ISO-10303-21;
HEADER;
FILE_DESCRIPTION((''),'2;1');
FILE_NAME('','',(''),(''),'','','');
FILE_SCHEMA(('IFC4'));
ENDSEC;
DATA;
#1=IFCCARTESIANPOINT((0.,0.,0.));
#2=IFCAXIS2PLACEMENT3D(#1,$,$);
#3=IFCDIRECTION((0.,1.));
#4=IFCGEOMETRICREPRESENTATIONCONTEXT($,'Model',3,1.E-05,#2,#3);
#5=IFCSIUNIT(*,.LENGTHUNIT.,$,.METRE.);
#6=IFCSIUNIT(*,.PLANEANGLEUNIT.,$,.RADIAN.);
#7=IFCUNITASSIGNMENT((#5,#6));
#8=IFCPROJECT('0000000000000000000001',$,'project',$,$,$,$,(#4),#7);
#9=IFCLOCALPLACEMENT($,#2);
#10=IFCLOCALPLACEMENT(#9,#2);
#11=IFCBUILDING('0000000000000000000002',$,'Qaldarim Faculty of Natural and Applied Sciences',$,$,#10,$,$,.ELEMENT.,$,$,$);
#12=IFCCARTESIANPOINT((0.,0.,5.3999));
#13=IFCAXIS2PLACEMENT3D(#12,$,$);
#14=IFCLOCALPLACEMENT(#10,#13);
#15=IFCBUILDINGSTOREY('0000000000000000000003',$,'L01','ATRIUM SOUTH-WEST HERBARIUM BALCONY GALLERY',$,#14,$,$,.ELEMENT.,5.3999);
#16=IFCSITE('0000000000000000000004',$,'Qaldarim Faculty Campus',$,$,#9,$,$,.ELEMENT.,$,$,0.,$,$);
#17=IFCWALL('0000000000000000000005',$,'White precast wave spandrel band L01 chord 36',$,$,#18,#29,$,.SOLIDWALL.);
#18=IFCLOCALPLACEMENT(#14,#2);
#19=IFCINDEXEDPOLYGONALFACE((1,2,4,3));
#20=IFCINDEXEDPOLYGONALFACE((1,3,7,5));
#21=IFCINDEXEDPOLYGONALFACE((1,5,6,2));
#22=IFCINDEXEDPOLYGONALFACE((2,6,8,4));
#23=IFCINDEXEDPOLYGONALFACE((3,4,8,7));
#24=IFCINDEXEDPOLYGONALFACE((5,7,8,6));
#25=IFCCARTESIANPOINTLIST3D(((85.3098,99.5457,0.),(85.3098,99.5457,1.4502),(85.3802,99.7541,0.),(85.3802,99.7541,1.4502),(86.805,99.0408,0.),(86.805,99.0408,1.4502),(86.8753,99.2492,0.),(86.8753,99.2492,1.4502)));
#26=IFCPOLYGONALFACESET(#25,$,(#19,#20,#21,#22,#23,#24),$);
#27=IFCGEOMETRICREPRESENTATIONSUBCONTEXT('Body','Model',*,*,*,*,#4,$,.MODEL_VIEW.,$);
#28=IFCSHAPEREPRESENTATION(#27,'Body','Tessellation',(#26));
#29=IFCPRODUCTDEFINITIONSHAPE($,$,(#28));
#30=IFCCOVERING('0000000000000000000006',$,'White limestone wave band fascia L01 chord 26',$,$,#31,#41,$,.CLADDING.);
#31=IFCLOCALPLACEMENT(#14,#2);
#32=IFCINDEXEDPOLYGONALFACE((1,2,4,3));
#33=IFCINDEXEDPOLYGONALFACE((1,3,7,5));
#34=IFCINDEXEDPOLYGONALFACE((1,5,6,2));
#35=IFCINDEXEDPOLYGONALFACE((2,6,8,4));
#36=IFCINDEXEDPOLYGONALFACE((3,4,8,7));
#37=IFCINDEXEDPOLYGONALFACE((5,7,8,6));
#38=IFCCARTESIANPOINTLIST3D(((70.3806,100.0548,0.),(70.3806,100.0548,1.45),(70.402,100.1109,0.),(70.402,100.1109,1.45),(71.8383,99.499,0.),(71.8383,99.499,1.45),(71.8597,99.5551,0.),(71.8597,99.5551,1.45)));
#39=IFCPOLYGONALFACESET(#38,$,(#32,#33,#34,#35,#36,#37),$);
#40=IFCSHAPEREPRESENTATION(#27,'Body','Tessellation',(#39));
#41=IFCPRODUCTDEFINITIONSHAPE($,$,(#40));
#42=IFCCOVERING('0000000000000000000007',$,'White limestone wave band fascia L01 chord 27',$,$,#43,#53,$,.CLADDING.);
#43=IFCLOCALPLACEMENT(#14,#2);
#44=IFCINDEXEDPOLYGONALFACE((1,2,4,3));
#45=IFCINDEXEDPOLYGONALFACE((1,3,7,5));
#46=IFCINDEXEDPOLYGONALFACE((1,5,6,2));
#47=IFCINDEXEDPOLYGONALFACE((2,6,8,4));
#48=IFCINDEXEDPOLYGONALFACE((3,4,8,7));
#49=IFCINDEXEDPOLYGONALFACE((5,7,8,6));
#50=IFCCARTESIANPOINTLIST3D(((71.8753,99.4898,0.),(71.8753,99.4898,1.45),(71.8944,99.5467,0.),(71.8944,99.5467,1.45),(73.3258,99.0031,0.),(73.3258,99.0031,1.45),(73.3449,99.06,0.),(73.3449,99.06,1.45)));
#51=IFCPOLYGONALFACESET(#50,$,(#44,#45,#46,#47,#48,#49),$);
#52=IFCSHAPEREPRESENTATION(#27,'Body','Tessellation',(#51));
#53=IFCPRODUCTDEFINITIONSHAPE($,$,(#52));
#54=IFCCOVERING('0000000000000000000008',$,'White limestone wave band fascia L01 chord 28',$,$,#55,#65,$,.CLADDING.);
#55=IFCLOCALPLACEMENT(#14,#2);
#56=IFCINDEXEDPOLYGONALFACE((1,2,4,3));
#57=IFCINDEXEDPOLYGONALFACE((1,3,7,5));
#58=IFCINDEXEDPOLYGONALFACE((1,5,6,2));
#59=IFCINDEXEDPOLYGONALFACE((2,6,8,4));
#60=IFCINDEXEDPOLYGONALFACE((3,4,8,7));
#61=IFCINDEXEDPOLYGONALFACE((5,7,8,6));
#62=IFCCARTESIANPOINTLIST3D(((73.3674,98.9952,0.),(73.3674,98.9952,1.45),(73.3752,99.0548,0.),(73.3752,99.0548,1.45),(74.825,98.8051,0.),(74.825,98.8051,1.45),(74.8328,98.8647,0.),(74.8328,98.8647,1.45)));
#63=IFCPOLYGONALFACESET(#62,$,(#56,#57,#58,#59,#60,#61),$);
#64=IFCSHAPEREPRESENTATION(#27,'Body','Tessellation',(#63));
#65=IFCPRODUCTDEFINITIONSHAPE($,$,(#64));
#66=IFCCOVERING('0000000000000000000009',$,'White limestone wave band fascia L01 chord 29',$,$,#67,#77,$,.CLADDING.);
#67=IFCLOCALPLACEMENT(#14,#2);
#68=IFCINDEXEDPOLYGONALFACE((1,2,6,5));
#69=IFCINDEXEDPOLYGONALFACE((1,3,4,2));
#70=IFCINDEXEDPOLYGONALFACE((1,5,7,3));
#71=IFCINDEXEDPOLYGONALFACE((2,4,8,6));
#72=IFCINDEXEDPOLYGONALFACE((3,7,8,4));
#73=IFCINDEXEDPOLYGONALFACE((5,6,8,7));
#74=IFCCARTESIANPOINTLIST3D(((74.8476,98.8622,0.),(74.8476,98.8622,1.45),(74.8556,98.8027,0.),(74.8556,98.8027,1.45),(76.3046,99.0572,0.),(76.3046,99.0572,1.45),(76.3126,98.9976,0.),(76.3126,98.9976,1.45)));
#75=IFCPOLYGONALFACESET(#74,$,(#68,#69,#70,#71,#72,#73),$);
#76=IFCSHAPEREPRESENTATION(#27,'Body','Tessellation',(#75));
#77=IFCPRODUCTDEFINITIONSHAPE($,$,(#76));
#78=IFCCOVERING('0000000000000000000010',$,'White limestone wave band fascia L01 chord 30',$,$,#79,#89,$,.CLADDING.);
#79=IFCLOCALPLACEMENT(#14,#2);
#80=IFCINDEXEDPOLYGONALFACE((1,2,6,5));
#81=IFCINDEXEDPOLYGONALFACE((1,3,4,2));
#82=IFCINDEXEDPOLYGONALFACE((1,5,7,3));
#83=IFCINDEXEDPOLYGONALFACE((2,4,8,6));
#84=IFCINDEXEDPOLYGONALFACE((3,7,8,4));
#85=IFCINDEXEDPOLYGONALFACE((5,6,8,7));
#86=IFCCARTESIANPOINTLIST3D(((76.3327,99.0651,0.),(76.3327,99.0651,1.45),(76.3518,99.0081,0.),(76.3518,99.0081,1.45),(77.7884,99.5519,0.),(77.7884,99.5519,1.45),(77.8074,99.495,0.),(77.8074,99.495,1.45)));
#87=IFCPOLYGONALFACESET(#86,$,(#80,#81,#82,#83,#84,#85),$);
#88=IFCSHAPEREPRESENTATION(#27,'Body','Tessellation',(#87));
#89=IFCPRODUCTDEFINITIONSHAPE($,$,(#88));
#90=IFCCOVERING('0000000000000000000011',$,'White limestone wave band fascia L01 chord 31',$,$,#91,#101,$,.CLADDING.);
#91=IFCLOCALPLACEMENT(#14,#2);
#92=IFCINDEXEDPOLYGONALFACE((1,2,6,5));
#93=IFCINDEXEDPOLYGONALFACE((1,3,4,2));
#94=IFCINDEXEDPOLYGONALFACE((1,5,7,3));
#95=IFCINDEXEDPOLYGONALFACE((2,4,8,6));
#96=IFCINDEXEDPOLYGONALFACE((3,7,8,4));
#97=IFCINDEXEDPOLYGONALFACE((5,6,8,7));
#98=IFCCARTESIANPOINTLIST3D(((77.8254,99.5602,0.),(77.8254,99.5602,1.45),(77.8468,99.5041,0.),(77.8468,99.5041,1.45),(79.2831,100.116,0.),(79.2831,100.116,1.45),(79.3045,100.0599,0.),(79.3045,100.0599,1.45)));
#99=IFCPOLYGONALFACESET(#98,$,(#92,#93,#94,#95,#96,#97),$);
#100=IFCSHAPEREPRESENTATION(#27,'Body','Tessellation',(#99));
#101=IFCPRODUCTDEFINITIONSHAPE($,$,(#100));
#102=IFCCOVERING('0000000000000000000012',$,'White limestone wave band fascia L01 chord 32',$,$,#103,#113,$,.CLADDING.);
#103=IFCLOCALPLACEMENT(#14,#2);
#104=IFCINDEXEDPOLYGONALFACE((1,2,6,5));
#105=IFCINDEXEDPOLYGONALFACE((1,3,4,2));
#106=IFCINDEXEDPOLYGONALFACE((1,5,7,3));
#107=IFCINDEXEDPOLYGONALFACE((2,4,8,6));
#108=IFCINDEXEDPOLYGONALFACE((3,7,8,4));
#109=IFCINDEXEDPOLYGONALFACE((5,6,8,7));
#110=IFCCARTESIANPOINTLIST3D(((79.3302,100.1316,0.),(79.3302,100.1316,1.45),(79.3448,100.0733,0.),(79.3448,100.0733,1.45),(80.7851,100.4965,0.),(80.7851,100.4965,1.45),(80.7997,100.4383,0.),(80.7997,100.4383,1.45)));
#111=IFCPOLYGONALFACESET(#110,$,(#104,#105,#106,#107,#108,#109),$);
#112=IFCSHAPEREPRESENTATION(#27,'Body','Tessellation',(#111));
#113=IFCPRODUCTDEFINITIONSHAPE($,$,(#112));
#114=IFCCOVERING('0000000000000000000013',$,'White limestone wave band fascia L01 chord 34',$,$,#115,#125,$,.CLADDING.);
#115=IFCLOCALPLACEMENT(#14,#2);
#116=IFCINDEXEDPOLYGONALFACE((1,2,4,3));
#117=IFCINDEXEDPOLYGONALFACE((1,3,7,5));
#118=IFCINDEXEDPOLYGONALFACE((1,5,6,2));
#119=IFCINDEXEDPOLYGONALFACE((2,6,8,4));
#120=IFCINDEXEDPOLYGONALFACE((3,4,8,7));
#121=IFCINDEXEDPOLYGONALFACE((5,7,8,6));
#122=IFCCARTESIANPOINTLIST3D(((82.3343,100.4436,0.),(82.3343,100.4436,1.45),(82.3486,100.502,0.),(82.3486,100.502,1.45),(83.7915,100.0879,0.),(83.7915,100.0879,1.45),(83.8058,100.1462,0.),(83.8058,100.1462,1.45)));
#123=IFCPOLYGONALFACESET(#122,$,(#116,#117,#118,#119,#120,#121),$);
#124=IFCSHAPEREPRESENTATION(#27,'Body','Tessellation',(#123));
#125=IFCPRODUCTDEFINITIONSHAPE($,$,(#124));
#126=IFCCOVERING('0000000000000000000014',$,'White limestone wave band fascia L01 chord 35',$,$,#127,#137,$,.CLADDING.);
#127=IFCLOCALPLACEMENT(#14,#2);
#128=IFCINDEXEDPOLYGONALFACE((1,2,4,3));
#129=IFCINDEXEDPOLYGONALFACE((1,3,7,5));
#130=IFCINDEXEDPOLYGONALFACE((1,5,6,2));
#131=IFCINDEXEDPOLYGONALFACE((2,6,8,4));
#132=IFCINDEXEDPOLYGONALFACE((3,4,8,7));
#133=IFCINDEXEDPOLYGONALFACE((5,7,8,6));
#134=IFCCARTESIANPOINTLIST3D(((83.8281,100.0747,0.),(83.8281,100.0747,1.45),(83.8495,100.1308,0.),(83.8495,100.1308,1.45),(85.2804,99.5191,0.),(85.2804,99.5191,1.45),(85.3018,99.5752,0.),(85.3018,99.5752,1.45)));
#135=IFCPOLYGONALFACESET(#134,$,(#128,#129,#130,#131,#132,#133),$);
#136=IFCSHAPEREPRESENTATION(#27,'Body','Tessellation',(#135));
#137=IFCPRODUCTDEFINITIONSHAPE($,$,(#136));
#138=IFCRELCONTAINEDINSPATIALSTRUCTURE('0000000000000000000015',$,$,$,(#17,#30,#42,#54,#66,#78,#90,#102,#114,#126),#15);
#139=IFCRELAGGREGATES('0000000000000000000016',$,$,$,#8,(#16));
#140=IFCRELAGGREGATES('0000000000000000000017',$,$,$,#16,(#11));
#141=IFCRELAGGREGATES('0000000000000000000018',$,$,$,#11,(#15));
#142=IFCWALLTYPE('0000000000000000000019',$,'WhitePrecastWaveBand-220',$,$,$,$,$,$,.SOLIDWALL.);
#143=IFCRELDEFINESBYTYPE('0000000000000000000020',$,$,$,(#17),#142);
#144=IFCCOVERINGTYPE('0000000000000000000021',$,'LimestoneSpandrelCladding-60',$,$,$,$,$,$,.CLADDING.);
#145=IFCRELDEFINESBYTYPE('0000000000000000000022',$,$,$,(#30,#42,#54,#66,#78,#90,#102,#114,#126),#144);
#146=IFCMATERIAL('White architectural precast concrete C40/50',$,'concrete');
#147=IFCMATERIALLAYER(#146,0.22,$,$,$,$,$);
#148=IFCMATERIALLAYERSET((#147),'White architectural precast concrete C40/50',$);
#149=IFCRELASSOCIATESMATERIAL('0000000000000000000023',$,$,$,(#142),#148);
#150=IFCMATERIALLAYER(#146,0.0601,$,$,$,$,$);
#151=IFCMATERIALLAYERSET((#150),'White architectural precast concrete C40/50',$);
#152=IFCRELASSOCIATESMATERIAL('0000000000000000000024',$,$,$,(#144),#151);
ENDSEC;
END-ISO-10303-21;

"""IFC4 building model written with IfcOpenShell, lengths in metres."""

from ifc_helpers import new_model, si_unit, direction, frame, frame_2d, origin, origin_2d, place, context, subcontext, project, spatial, rectangle, extrude, material, layer, layer_set, type_object, element, save


model = new_model("IFC4")

# Units and contexts
model_context = context("Model", 3, precision=1e-05, world=origin(), true_north=direction((0.0, 1.0)))
body_context = subcontext(model_context, "Body", "Model", "MODEL_VIEW")
ifc_project = project(units=[si_unit("LENGTHUNIT", "METRE"), si_unit("PLANEANGLEUNIT", "RADIAN")], contexts=[model_context])

# Site, building, storey
site_placement = place(None, origin())
site = spatial("IfcSite", under=ifc_project, at=site_placement, Name="Qaldarim Faculty Campus", CompositionType="ELEMENT", RefElevation=0.0)
building_placement = place(site_placement, origin())
building = spatial("IfcBuilding", under=site, at=building_placement, Name="Qaldarim Faculty of Natural and Applied Sciences", CompositionType="ELEMENT")
storey_placement = place(building_placement, frame((0.0, 0.0, 5.3999)))
storey = spatial("IfcBuildingStorey", under=building, at=storey_placement, Name="L01", Description="ATRIUM SOUTH-WEST HERBARIUM BALCONY GALLERY", CompositionType="ELEMENT", Elevation=5.3999)

# Wall
ifc_material_1 = material(Name="White architectural precast concrete C40/50", Category="concrete")
ifc_layer_1 = layer(ifc_material_1, 0.22)
ifc_layer_set_1 = layer_set([ifc_layer_1], Name="White architectural precast concrete C40/50")
wall_type = type_object("IfcWallType", Name="WhitePrecastWaveBand-220", PredefinedType="SOLIDWALL", material=ifc_layer_set_1)
wall_1_placement = place(storey_placement, frame((85.345, 99.6499, 0.0), z_axis=(0.0, 0.0, 1.0), x_axis=(0.947438, -0.319938, 0.0)))
element("IfcWall", 1, at=wall_1_placement, inside=storey, type_object=wall_type, Name="White precast wave spandrel band L01 chord 36", PredefinedType="SOLIDWALL", context=body_context, shape_type="SweptSolid", body=[
    extrude(rectangle(XDim=1.5781, YDim=0.22, at=frame_2d((0.7891, 0.0))), origin(), (0.0, 0.0, 1.0), 1.4502),
])

# Coverings
ifc_layer_2 = layer(ifc_material_1, 0.0601)
ifc_layer_set_2 = layer_set([ifc_layer_2], Name="White architectural precast concrete C40/50")
covering_type = type_object("IfcCoveringType", Name="LimestoneSpandrelCladding-60", PredefinedType="CLADDING", material=ifc_layer_set_2)
covering_1_placement = place(storey_placement, frame((71.1201, 99.8049, 0.0), z_axis=(0.0, 0.0, 1.0), x_axis=(0.934391, -0.356249, 0.0)))
element("IfcCovering", 2, at=covering_1_placement, inside=storey, type_object=covering_type, Name="White limestone wave band fascia L01 chord 26", PredefinedType="CLADDING", context=body_context, shape_type="SweptSolid", body=[
    extrude(rectangle(XDim=1.5601, YDim=0.0601, at=origin_2d()), origin(), (0.0, 0.0, 1.0), 1.45),
])
covering_2_placement = place(storey_placement, frame((72.6101, 99.2749, 0.0), z_axis=(0.0, 0.0, 1.0), x_axis=(0.948046, -0.318132, 0.0)))
element("IfcCovering", 3, at=covering_2_placement, inside=storey, type_object=covering_type, Name="White limestone wave band fascia L01 chord 27", PredefinedType="CLADDING", context=body_context, shape_type="SweptSolid", body=[
    extrude(rectangle(XDim=1.53, YDim=0.0601, at=origin_2d()), origin(), (0.0, 0.0, 1.0), 1.45),
])
for number, where, z_axis, x_axis, name in (
    (4, (74.1001, 98.9299, 0.0), (0.0, 0.0, 1.0), (0.991601, -0.129332, 0.0), "White limestone wave band fascia L01 chord 28"),
    (5, (75.5801, 98.9299, 0.0), (0.0, 0.0, 1.0), (0.991169, 0.132602, 0.0), "White limestone wave band fascia L01 chord 29"),
):
    element("IfcCovering", number, at=place(storey_placement, frame(where, z_axis=z_axis, x_axis=x_axis)), inside=storey, type_object=covering_type, Name=name, PredefinedType="CLADDING", context=body_context, shape_type="SweptSolid", body=[
        extrude(rectangle(XDim=1.47, YDim=0.0601, at=origin_2d()), origin(), (0.0, 0.0, 1.0), 1.45),
    ])
covering_3_placement = place(storey_placement, frame((77.0701, 99.28, 0.0), z_axis=(0.0, 0.0, 1.0), x_axis=(0.948368, 0.317172, 0.0)))
element("IfcCovering", 6, at=covering_3_placement, inside=storey, type_object=covering_type, Name="White limestone wave band fascia L01 chord 30", PredefinedType="CLADDING", context=body_context, shape_type="SweptSolid", body=[
    extrude(rectangle(XDim=1.5349, YDim=0.0601, at=origin_2d()), origin(), (0.0, 0.0, 1.0), 1.45),
])
covering_4_placement = place(storey_placement, frame((78.5649, 99.8101, 0.0), z_axis=(0.0, 0.0, 1.0), x_axis=(0.934391, 0.356249, 0.0)))
element("IfcCovering", 7, at=covering_4_placement, inside=storey, type_object=covering_type, Name="White limestone wave band fascia L01 chord 31", PredefinedType="CLADDING", context=body_context, shape_type="SweptSolid", body=[
    extrude(rectangle(XDim=1.5601, YDim=0.0601, at=origin_2d()), origin(), (0.0, 0.0, 1.0), 1.45),
])
for number, where, z_axis, x_axis, name in (
    (8, (80.0649, 100.2849, 0.0), (0.0, 0.0, 1.0), (0.969953, 0.243293, 0.0), "White limestone wave band fascia L01 chord 32"),
    (9, (83.0701, 100.2949, 0.0), (0.0, 0.0, 1.0), (0.971466, -0.237177, 0.0), "White limestone wave band fascia L01 chord 34"),
):
    element("IfcCovering", number, at=place(storey_placement, frame(where, z_axis=z_axis, x_axis=x_axis)), inside=storey, type_object=covering_type, Name=name, PredefinedType="CLADDING", context=body_context, shape_type="SweptSolid", body=[
        extrude(rectangle(XDim=1.5, YDim=0.0601, at=origin_2d()), origin(), (0.0, 0.0, 1.0), 1.45),
    ])
covering_5_placement = place(storey_placement, frame((84.5649, 99.825, 0.0), z_axis=(0.0, 0.0, 1.0), x_axis=(0.933993, -0.357292, 0.0)))
element("IfcCovering", 10, at=covering_5_placement, inside=storey, type_object=covering_type, Name="White limestone wave band fascia L01 chord 35", PredefinedType="CLADDING", context=body_context, shape_type="SweptSolid", body=[
    extrude(rectangle(XDim=1.5549, YDim=0.0601, at=origin_2d()), origin(), (0.0, 0.0, 1.0), 1.45),
])

save(model, "model.ifc")
